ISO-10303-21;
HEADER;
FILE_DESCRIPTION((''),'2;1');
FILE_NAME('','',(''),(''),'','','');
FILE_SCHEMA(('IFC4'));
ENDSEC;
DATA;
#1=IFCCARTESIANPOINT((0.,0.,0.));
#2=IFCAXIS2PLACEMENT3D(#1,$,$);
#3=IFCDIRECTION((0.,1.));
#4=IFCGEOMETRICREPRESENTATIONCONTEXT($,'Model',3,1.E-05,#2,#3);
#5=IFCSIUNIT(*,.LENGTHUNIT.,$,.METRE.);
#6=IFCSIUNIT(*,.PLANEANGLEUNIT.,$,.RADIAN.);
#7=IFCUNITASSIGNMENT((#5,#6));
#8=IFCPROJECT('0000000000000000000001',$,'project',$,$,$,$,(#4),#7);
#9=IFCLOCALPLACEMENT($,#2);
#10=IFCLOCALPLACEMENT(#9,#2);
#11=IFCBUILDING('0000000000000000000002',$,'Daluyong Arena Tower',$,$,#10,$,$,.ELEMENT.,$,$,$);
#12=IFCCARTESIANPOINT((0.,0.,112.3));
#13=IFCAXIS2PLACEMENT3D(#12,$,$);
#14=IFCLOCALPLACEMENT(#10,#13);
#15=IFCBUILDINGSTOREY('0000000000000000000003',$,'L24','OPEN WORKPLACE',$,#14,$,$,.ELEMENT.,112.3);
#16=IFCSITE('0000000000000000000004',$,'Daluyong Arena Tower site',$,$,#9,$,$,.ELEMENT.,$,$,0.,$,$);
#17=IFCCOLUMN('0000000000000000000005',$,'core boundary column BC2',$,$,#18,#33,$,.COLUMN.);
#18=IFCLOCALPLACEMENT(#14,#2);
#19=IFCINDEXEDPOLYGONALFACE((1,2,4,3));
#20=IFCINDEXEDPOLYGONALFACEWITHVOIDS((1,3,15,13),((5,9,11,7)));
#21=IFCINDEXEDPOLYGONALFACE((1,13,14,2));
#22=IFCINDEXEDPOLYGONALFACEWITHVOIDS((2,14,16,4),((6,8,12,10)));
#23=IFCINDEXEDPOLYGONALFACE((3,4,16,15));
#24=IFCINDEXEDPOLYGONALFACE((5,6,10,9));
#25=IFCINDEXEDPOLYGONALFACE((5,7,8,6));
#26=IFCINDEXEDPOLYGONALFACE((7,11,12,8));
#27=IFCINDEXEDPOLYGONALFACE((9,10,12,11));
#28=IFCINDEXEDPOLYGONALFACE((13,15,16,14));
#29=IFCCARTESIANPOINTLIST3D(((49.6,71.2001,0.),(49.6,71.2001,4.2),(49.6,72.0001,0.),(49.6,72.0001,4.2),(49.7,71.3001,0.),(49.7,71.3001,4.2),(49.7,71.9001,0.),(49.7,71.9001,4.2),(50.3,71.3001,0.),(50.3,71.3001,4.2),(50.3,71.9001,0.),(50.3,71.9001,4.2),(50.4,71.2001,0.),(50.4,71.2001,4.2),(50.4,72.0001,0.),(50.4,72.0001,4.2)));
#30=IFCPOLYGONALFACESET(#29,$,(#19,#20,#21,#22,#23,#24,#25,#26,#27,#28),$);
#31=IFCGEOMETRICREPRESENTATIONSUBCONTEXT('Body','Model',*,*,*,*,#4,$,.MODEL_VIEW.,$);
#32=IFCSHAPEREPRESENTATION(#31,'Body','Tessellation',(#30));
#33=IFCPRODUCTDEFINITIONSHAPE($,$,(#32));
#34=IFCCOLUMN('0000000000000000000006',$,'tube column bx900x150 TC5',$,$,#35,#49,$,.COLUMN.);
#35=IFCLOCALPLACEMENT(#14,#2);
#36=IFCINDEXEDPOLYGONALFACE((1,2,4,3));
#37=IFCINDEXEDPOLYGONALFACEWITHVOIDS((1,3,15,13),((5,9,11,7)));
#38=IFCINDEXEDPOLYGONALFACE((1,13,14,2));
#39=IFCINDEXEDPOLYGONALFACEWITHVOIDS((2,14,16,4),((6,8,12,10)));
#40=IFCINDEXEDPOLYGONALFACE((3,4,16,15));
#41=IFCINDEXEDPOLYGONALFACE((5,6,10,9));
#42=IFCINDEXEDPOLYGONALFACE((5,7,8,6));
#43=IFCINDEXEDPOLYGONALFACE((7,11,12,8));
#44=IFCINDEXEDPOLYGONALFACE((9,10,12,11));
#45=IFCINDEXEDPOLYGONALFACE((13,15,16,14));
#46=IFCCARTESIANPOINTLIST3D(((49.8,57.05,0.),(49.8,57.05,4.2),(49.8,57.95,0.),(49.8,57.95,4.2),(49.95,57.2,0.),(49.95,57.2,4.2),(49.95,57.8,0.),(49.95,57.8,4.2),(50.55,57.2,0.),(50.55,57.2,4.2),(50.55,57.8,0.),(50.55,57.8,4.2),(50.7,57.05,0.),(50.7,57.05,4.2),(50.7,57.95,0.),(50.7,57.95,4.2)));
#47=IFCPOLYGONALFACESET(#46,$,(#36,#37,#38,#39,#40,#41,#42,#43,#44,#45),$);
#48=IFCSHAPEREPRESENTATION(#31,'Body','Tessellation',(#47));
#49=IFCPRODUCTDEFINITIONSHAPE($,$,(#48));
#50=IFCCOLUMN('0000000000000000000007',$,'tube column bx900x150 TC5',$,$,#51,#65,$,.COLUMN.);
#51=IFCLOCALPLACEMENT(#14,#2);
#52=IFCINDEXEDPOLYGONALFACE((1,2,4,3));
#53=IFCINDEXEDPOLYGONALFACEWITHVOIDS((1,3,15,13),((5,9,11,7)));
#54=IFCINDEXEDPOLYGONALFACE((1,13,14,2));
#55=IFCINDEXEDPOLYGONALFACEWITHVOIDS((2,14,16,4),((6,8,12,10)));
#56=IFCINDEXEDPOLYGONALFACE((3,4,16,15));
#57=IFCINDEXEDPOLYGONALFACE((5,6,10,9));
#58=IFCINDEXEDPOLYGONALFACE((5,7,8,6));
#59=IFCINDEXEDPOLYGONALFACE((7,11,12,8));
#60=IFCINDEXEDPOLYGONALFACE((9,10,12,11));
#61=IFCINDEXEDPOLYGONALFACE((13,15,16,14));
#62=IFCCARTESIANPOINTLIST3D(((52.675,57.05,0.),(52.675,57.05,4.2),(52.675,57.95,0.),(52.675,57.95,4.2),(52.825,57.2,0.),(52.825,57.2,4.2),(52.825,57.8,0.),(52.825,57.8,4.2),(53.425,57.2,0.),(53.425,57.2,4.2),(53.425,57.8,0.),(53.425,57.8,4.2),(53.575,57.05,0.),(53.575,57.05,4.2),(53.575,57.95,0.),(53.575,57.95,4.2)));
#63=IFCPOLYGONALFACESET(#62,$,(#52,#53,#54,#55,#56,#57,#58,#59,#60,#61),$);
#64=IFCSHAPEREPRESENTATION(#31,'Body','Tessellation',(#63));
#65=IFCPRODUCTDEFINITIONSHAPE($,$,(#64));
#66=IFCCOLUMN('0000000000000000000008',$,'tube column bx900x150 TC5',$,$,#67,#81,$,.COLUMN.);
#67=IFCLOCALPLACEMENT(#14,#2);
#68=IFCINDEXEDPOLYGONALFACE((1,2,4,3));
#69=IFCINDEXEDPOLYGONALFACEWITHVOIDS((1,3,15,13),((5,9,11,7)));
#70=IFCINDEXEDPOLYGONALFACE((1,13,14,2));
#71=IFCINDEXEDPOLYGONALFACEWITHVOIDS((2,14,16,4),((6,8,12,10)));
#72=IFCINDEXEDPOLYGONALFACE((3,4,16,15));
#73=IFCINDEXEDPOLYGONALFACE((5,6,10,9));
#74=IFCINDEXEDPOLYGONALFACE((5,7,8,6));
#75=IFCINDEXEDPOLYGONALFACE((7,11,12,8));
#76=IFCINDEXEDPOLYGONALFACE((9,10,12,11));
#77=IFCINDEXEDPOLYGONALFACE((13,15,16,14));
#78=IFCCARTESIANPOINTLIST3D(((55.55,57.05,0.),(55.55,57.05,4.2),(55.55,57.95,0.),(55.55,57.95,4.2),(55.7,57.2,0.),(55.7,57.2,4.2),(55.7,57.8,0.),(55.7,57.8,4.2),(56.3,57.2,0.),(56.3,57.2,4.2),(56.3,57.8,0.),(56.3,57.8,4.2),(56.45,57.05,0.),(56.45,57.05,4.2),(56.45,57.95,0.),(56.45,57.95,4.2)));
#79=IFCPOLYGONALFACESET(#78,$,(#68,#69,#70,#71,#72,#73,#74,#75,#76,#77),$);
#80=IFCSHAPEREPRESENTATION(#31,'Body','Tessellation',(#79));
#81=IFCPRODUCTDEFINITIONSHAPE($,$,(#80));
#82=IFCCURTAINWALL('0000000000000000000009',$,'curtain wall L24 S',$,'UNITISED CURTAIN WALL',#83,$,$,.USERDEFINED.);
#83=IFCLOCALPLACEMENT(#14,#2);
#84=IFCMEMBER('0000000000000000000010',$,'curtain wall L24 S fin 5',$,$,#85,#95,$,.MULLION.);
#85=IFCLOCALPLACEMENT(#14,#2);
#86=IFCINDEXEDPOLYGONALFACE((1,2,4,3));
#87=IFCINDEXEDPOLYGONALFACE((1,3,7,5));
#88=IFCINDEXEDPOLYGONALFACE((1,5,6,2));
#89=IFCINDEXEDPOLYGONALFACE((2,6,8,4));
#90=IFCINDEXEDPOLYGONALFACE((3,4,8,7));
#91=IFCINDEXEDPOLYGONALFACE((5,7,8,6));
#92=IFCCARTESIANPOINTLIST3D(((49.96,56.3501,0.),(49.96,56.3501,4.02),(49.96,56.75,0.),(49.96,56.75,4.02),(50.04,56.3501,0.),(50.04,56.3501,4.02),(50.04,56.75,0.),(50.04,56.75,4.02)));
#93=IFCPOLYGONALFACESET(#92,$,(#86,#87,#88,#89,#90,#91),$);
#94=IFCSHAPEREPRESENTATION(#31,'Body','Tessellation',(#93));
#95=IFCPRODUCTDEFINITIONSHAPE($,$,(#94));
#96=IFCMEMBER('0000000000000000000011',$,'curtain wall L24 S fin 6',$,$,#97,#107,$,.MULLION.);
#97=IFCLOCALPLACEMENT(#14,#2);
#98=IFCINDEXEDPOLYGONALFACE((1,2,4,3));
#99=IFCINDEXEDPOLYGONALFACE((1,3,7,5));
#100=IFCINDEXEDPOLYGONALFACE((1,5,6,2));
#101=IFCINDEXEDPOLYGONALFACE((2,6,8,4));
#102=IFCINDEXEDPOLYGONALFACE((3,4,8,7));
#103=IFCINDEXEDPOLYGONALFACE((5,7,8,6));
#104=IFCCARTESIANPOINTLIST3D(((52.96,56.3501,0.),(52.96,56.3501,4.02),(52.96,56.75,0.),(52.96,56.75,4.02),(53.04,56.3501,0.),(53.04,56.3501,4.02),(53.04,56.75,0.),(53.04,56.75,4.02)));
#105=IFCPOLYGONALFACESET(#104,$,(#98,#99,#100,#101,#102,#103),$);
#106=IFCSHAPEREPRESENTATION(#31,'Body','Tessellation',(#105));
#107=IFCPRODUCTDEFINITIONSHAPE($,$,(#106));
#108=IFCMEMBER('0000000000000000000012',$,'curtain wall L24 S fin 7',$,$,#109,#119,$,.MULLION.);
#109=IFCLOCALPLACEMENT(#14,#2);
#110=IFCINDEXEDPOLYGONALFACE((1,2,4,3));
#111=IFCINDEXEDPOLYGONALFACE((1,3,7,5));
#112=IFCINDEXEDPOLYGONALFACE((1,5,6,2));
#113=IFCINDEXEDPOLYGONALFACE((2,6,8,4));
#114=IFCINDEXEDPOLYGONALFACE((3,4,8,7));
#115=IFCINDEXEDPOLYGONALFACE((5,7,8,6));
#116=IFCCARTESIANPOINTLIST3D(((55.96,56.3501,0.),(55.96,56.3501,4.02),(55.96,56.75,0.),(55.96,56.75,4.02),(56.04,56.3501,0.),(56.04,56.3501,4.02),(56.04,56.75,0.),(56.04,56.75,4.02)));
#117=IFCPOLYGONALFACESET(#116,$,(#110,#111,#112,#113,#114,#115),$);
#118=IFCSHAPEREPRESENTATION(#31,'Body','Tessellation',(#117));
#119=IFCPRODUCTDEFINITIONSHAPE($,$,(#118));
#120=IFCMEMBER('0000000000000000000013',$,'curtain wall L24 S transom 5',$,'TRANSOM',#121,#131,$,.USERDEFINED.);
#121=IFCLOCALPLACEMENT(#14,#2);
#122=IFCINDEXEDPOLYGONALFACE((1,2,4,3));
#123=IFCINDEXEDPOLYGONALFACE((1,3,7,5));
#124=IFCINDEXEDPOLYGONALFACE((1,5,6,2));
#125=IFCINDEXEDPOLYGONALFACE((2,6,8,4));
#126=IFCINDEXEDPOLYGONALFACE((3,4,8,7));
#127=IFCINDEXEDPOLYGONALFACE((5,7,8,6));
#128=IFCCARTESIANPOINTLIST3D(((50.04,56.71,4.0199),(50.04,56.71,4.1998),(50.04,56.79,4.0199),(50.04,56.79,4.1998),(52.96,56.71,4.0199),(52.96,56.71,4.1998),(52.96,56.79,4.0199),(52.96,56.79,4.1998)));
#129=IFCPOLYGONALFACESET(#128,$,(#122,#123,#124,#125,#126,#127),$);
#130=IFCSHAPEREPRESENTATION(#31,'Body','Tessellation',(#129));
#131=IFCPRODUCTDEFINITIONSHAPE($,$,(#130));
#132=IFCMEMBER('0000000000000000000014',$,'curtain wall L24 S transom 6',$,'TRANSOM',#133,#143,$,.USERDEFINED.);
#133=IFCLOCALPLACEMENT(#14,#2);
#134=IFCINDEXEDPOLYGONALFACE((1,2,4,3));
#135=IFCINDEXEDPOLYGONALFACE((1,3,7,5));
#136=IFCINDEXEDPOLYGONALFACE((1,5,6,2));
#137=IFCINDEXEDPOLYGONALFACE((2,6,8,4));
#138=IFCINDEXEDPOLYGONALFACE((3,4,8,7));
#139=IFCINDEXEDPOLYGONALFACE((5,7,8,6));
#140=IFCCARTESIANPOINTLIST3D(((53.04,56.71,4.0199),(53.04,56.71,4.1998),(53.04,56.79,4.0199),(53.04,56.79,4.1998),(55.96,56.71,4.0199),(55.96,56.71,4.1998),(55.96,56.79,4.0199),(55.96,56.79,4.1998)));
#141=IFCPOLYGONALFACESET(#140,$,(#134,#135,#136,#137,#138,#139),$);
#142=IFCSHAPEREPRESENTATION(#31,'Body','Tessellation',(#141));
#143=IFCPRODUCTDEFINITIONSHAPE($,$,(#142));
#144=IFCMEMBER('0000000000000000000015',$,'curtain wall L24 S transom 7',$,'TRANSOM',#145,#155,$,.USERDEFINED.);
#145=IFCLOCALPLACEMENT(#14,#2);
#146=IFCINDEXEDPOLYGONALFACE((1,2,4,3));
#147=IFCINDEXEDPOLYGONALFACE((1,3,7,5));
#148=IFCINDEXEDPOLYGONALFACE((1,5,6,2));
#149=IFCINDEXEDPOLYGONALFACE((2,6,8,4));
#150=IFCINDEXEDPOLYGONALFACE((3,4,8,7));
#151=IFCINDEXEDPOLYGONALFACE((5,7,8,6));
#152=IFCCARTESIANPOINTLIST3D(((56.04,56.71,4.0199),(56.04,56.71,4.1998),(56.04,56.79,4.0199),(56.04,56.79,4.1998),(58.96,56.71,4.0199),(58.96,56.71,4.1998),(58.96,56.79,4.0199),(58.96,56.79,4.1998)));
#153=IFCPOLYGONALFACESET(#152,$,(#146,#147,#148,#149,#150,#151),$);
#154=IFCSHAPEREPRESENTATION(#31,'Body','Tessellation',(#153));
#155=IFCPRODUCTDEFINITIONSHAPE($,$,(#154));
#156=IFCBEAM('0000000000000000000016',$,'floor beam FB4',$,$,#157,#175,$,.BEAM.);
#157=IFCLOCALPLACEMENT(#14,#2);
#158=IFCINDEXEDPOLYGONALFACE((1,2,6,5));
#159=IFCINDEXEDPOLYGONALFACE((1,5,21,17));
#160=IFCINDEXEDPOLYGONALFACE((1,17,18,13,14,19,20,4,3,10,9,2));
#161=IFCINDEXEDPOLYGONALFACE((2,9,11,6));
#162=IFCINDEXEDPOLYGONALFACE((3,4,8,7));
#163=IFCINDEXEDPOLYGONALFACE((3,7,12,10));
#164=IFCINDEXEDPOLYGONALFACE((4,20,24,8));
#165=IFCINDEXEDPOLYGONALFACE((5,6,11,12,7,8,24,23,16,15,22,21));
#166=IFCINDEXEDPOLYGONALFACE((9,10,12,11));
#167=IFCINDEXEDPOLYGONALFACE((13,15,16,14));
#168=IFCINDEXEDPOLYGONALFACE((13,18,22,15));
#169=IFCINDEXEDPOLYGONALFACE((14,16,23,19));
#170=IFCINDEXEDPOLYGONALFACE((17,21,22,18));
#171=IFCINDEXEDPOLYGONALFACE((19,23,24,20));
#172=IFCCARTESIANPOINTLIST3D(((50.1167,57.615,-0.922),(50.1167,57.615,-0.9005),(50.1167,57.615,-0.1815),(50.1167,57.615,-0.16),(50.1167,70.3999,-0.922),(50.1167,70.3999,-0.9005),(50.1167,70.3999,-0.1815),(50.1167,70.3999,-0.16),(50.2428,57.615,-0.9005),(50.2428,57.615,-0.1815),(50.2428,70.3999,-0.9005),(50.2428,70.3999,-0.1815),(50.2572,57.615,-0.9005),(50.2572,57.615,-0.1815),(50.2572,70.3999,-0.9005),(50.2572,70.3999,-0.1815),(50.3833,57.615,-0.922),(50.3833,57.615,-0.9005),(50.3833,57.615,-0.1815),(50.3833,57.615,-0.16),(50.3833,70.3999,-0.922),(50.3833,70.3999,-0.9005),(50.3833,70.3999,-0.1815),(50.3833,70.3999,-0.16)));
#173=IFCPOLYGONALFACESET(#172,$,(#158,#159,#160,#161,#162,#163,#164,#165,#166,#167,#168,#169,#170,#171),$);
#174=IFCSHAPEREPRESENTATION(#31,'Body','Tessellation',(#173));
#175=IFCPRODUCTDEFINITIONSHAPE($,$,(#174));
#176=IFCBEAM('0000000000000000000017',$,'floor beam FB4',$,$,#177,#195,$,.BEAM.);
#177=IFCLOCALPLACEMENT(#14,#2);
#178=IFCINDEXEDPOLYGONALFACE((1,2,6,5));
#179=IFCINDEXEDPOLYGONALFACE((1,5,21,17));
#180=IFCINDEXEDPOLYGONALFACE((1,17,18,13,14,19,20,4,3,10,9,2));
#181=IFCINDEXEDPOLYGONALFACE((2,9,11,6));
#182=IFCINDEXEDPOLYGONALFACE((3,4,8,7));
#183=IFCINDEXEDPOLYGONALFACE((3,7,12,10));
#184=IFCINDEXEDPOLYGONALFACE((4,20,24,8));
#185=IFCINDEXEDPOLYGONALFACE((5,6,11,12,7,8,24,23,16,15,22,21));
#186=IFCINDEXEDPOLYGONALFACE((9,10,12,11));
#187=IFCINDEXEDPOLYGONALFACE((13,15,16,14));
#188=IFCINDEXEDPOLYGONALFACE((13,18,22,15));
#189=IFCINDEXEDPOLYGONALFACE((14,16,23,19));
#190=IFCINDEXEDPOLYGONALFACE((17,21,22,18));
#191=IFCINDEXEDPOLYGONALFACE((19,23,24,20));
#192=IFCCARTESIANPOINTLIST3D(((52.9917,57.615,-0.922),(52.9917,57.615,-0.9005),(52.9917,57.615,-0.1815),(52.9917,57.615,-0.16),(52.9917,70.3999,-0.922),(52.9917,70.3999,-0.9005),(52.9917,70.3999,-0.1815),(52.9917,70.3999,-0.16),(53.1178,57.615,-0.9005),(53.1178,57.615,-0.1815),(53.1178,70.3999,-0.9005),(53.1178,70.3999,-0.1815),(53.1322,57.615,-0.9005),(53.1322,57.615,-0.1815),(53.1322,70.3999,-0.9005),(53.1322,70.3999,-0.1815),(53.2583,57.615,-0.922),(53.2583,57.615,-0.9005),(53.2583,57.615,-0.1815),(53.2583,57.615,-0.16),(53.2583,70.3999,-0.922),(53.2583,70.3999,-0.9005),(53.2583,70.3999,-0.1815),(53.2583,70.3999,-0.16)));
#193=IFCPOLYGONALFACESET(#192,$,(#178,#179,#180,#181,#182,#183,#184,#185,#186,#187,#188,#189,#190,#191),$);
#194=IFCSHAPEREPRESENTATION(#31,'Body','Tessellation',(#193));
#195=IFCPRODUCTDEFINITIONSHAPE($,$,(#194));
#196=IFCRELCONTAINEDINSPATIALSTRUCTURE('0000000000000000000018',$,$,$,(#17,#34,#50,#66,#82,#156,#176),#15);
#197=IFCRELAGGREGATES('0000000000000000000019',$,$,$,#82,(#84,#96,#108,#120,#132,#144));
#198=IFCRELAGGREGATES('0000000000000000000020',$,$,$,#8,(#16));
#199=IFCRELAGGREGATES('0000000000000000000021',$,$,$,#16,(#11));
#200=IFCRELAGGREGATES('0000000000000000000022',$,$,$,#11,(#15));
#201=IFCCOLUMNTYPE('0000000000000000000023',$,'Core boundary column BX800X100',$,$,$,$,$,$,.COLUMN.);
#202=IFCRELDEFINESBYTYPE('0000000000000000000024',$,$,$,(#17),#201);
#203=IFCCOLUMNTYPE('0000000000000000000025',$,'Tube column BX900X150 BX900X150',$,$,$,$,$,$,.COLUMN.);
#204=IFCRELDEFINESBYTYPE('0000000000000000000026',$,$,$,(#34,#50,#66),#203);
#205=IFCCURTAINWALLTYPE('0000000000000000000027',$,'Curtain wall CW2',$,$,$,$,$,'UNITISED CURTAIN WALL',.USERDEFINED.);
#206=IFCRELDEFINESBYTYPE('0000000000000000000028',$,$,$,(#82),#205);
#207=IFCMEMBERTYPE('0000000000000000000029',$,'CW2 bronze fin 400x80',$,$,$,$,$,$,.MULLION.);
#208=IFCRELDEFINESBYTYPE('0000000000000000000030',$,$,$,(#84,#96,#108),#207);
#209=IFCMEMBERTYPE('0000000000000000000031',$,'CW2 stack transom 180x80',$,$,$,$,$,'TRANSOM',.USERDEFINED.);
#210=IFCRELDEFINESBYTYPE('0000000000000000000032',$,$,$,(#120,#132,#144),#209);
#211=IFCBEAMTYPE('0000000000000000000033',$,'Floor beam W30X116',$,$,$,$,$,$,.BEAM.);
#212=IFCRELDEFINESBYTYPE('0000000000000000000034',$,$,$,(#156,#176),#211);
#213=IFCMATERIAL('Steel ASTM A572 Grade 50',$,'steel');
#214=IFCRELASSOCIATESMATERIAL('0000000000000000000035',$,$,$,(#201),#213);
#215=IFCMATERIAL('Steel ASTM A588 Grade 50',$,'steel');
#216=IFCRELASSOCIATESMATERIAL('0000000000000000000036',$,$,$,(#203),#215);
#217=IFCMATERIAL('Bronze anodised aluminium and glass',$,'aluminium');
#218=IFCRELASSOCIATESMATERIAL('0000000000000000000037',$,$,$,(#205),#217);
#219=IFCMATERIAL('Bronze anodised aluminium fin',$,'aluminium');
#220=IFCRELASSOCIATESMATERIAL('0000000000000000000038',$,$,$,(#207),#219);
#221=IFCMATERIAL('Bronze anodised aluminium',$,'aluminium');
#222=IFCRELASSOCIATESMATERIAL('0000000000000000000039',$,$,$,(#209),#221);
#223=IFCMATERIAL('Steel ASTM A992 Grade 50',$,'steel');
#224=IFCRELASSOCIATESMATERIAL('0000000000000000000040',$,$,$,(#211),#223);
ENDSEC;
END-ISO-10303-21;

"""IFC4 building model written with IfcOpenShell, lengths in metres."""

from ifc_helpers import new_model, si_unit, direction, frame, origin, origin_2d, place, context, subcontext, project, spatial, rectangle, hollow_rectangle, i_section, extrude, material, material_profile, profile_set, type_object, element, aggregate, save


model = new_model("IFC4")

# Units and contexts
model_context = context("Model", 3, precision=1e-05, world=origin(), true_north=direction((0.0, 1.0)))
body_context = subcontext(model_context, "Body", "Model", "MODEL_VIEW")
ifc_project = project(units=[si_unit("LENGTHUNIT", "METRE"), si_unit("PLANEANGLEUNIT", "RADIAN")], contexts=[model_context])

# Site, building, storey
site_placement = place(None, origin())
site = spatial("IfcSite", under=ifc_project, at=site_placement, Name="Daluyong Arena Tower site", CompositionType="ELEMENT", RefElevation=0.0)
building_placement = place(site_placement, origin())
building = spatial("IfcBuilding", under=site, at=building_placement, Name="Daluyong Arena Tower", CompositionType="ELEMENT")
storey_placement = place(building_placement, frame((0.0, 0.0, 112.3)))
storey = spatial("IfcBuildingStorey", under=building, at=storey_placement, Name="L24", Description="OPEN WORKPLACE", CompositionType="ELEMENT", Elevation=112.3)

# Columns
ifc_material_1 = material(Name="Steel ASTM A572 Grade 50", Category="steel")
ifc_material_profile_1 = material_profile(ifc_material_1, hollow_rectangle(XDim=0.8, YDim=0.8, WallThickness=0.1, at=origin_2d()))
ifc_profile_set_1 = profile_set([ifc_material_profile_1], Name="Steel ASTM A572 Grade 50")
column_type_1 = type_object("IfcColumnType", Name="Core boundary column BX800X100", PredefinedType="COLUMN", material=ifc_profile_set_1)
column_placement = place(storey_placement, frame((50.0, 71.6001, 0.0), z_axis=(0.0, 0.0, 1.0), x_axis=(1.0, 0.0, 0.0)))
element("IfcColumn", 1, at=column_placement, inside=storey, type_object=column_type_1, Name="core boundary column BC2", PredefinedType="COLUMN", context=body_context, shape_type="SweptSolid", body=[
    extrude(hollow_rectangle(XDim=0.8, YDim=0.8, WallThickness=0.1, at=origin_2d()), origin(), (0.0, 0.0, 1.0), 4.2),
])
ifc_material_2 = material(Name="Steel ASTM A588 Grade 50", Category="steel")
ifc_material_profile_2 = material_profile(ifc_material_2, hollow_rectangle(XDim=0.8999, YDim=0.8999, WallThickness=0.15, at=origin_2d()))
ifc_profile_set_2 = profile_set([ifc_material_profile_2], Name="Steel ASTM A588 Grade 50")
column_type_2 = type_object("IfcColumnType", Name="Tube column BX900X150 BX900X150", PredefinedType="COLUMN", material=ifc_profile_set_2)
for number, where, z_axis, x_axis, name in (
    (2, (50.25, 57.5, 0.0), (0.0, 0.0, 1.0), (1.0, 0.0, 0.0), "tube column bx900x150 TC5"),
    (3, (53.125, 57.5, 0.0), (0.0, 0.0, 1.0), (1.0, 0.0, 0.0), "tube column bx900x150 TC5"),
    (4, (56.0, 57.5, 0.0), (0.0, 0.0, 1.0), (1.0, 0.0, 0.0), "tube column bx900x150 TC5"),
):
    element("IfcColumn", number, at=place(storey_placement, frame(where, z_axis=z_axis, x_axis=x_axis)), inside=storey, type_object=column_type_2, Name=name, PredefinedType="COLUMN", context=body_context, shape_type="SweptSolid", body=[
        extrude(hollow_rectangle(XDim=0.8999, YDim=0.8999, WallThickness=0.15, at=origin_2d()), origin(), (0.0, 0.0, 1.0), 4.2),
    ])

# Curtain wall, members
ifc_material_3 = material(Name="Bronze anodised aluminium and glass", Category="aluminium")
curtain_wall_type = type_object("IfcCurtainWallType", Name="Curtain wall CW2", ElementType="UNITISED CURTAIN WALL", PredefinedType="USERDEFINED", material=ifc_material_3)
curtain_wall_placement = place(storey_placement, origin())
curtain_wall = element("IfcCurtainWall", 5, at=curtain_wall_placement, inside=storey, type_object=curtain_wall_type, Name="curtain wall L24 S", ObjectType="UNITISED CURTAIN WALL", PredefinedType="USERDEFINED")
ifc_material_4 = material(Name="Bronze anodised aluminium fin", Category="aluminium")
ifc_material_profile_3 = material_profile(ifc_material_4, rectangle(XDim=0.3999, YDim=0.0801, at=origin_2d()))
ifc_profile_set_3 = profile_set([ifc_material_profile_3], Name="Bronze anodised aluminium fin")
member_type_1 = type_object("IfcMemberType", Name="CW2 bronze fin 400x80", PredefinedType="MULLION", material=ifc_profile_set_3)
member_1_placement = place(storey_placement, frame((50.0, 56.55, 0.0), z_axis=(0.0, 0.0, 1.0), x_axis=(0.0, 1.0, 0.0)))
member_1 = element("IfcMember", 6, at=member_1_placement, type_object=member_type_1, Name="curtain wall L24 S fin 5", PredefinedType="MULLION", context=body_context, shape_type="SweptSolid", body=[
    extrude(rectangle(XDim=0.3999, YDim=0.0801, at=origin_2d()), origin(), (0.0, 0.0, 1.0), 4.02),
])
member_2_placement = place(storey_placement, frame((53.0, 56.55, 0.0), z_axis=(0.0, 0.0, 1.0), x_axis=(0.0, 1.0, 0.0)))
member_2 = element("IfcMember", 7, at=member_2_placement, type_object=member_type_1, Name="curtain wall L24 S fin 6", PredefinedType="MULLION", context=body_context, shape_type="SweptSolid", body=[
    extrude(rectangle(XDim=0.3999, YDim=0.0801, at=origin_2d()), origin(), (0.0, 0.0, 1.0), 4.02),
])
member_3_placement = place(storey_placement, frame((56.0, 56.55, 0.0), z_axis=(0.0, 0.0, 1.0), x_axis=(0.0, 1.0, 0.0)))
member_3 = element("IfcMember", 8, at=member_3_placement, type_object=member_type_1, Name="curtain wall L24 S fin 7", PredefinedType="MULLION", context=body_context, shape_type="SweptSolid", body=[
    extrude(rectangle(XDim=0.3999, YDim=0.0801, at=origin_2d()), origin(), (0.0, 0.0, 1.0), 4.02),
])
ifc_material_5 = material(Name="Bronze anodised aluminium", Category="aluminium")
ifc_material_profile_4 = material_profile(ifc_material_5, rectangle(XDim=0.0801, YDim=0.1799, at=origin_2d()))
ifc_profile_set_4 = profile_set([ifc_material_profile_4], Name="Bronze anodised aluminium")
member_type_2 = type_object("IfcMemberType", Name="CW2 stack transom 180x80", ElementType="TRANSOM", PredefinedType="USERDEFINED", material=ifc_profile_set_4)
member_4_placement = place(storey_placement, frame((50.04, 56.75, 4.1099), z_axis=(1.0, 0.0, 0.0), x_axis=(0.0, 1.0, 0.0)))
member_4 = element("IfcMember", 9, at=member_4_placement, type_object=member_type_2, Name="curtain wall L24 S transom 5", ObjectType="TRANSOM", PredefinedType="USERDEFINED", context=body_context, shape_type="SweptSolid", body=[
    extrude(rectangle(XDim=0.0801, YDim=0.1799, at=origin_2d()), origin(), (0.0, 0.0, 1.0), 2.9199),
])
member_5_placement = place(storey_placement, frame((53.04, 56.75, 4.1099), z_axis=(1.0, 0.0, 0.0), x_axis=(0.0, 1.0, 0.0)))
member_5 = element("IfcMember", 10, at=member_5_placement, type_object=member_type_2, Name="curtain wall L24 S transom 6", ObjectType="TRANSOM", PredefinedType="USERDEFINED", context=body_context, shape_type="SweptSolid", body=[
    extrude(rectangle(XDim=0.0801, YDim=0.1799, at=origin_2d()), origin(), (0.0, 0.0, 1.0), 2.9199),
])
member_6_placement = place(storey_placement, frame((56.04, 56.75, 4.1099), z_axis=(1.0, 0.0, 0.0), x_axis=(0.0, 1.0, 0.0)))
member_6 = element("IfcMember", 11, at=member_6_placement, type_object=member_type_2, Name="curtain wall L24 S transom 7", ObjectType="TRANSOM", PredefinedType="USERDEFINED", context=body_context, shape_type="SweptSolid", body=[
    extrude(rectangle(XDim=0.0801, YDim=0.1799, at=origin_2d()), origin(), (0.0, 0.0, 1.0), 2.9199),
])

# Beams
ifc_material_6 = material(Name="Steel ASTM A992 Grade 50", Category="steel")
ifc_material_profile_5 = material_profile(ifc_material_6, i_section(OverallWidth=0.2666, OverallDepth=0.762, WebThickness=0.0144, FlangeThickness=0.0215, at=origin_2d()))
ifc_profile_set_5 = profile_set([ifc_material_profile_5], Name="Steel ASTM A992 Grade 50")
beam_type_1 = type_object("IfcBeamType", Name="Floor beam W30X116", PredefinedType="BEAM", material=ifc_profile_set_5)
for number, where, z_axis, x_axis, name in (
    (12, (50.25, 57.615, -0.541), (0.0, 1.0, 0.0), (-1.0, 0.0, 0.0), "floor beam FB4"),
    (13, (53.125, 57.615, -0.541), (0.0, 1.0, 0.0), (-1.0, 0.0, 0.0), "floor beam FB4"),
):
    element("IfcBeam", number, at=place(storey_placement, frame(where, z_axis=z_axis, x_axis=x_axis)), inside=storey, type_object=beam_type_1, Name=name, PredefinedType="BEAM", context=body_context, shape_type="SweptSolid", body=[
        extrude(i_section(OverallWidth=0.2666, OverallDepth=0.762, WebThickness=0.0144, FlangeThickness=0.0215, at=origin_2d()), origin(), (0.0, 0.0, 1.0), 12.7849),
    ])

aggregate(curtain_wall, [member_1, member_2, member_3, member_4, member_5, member_6])

save(model, "model.ifc")
